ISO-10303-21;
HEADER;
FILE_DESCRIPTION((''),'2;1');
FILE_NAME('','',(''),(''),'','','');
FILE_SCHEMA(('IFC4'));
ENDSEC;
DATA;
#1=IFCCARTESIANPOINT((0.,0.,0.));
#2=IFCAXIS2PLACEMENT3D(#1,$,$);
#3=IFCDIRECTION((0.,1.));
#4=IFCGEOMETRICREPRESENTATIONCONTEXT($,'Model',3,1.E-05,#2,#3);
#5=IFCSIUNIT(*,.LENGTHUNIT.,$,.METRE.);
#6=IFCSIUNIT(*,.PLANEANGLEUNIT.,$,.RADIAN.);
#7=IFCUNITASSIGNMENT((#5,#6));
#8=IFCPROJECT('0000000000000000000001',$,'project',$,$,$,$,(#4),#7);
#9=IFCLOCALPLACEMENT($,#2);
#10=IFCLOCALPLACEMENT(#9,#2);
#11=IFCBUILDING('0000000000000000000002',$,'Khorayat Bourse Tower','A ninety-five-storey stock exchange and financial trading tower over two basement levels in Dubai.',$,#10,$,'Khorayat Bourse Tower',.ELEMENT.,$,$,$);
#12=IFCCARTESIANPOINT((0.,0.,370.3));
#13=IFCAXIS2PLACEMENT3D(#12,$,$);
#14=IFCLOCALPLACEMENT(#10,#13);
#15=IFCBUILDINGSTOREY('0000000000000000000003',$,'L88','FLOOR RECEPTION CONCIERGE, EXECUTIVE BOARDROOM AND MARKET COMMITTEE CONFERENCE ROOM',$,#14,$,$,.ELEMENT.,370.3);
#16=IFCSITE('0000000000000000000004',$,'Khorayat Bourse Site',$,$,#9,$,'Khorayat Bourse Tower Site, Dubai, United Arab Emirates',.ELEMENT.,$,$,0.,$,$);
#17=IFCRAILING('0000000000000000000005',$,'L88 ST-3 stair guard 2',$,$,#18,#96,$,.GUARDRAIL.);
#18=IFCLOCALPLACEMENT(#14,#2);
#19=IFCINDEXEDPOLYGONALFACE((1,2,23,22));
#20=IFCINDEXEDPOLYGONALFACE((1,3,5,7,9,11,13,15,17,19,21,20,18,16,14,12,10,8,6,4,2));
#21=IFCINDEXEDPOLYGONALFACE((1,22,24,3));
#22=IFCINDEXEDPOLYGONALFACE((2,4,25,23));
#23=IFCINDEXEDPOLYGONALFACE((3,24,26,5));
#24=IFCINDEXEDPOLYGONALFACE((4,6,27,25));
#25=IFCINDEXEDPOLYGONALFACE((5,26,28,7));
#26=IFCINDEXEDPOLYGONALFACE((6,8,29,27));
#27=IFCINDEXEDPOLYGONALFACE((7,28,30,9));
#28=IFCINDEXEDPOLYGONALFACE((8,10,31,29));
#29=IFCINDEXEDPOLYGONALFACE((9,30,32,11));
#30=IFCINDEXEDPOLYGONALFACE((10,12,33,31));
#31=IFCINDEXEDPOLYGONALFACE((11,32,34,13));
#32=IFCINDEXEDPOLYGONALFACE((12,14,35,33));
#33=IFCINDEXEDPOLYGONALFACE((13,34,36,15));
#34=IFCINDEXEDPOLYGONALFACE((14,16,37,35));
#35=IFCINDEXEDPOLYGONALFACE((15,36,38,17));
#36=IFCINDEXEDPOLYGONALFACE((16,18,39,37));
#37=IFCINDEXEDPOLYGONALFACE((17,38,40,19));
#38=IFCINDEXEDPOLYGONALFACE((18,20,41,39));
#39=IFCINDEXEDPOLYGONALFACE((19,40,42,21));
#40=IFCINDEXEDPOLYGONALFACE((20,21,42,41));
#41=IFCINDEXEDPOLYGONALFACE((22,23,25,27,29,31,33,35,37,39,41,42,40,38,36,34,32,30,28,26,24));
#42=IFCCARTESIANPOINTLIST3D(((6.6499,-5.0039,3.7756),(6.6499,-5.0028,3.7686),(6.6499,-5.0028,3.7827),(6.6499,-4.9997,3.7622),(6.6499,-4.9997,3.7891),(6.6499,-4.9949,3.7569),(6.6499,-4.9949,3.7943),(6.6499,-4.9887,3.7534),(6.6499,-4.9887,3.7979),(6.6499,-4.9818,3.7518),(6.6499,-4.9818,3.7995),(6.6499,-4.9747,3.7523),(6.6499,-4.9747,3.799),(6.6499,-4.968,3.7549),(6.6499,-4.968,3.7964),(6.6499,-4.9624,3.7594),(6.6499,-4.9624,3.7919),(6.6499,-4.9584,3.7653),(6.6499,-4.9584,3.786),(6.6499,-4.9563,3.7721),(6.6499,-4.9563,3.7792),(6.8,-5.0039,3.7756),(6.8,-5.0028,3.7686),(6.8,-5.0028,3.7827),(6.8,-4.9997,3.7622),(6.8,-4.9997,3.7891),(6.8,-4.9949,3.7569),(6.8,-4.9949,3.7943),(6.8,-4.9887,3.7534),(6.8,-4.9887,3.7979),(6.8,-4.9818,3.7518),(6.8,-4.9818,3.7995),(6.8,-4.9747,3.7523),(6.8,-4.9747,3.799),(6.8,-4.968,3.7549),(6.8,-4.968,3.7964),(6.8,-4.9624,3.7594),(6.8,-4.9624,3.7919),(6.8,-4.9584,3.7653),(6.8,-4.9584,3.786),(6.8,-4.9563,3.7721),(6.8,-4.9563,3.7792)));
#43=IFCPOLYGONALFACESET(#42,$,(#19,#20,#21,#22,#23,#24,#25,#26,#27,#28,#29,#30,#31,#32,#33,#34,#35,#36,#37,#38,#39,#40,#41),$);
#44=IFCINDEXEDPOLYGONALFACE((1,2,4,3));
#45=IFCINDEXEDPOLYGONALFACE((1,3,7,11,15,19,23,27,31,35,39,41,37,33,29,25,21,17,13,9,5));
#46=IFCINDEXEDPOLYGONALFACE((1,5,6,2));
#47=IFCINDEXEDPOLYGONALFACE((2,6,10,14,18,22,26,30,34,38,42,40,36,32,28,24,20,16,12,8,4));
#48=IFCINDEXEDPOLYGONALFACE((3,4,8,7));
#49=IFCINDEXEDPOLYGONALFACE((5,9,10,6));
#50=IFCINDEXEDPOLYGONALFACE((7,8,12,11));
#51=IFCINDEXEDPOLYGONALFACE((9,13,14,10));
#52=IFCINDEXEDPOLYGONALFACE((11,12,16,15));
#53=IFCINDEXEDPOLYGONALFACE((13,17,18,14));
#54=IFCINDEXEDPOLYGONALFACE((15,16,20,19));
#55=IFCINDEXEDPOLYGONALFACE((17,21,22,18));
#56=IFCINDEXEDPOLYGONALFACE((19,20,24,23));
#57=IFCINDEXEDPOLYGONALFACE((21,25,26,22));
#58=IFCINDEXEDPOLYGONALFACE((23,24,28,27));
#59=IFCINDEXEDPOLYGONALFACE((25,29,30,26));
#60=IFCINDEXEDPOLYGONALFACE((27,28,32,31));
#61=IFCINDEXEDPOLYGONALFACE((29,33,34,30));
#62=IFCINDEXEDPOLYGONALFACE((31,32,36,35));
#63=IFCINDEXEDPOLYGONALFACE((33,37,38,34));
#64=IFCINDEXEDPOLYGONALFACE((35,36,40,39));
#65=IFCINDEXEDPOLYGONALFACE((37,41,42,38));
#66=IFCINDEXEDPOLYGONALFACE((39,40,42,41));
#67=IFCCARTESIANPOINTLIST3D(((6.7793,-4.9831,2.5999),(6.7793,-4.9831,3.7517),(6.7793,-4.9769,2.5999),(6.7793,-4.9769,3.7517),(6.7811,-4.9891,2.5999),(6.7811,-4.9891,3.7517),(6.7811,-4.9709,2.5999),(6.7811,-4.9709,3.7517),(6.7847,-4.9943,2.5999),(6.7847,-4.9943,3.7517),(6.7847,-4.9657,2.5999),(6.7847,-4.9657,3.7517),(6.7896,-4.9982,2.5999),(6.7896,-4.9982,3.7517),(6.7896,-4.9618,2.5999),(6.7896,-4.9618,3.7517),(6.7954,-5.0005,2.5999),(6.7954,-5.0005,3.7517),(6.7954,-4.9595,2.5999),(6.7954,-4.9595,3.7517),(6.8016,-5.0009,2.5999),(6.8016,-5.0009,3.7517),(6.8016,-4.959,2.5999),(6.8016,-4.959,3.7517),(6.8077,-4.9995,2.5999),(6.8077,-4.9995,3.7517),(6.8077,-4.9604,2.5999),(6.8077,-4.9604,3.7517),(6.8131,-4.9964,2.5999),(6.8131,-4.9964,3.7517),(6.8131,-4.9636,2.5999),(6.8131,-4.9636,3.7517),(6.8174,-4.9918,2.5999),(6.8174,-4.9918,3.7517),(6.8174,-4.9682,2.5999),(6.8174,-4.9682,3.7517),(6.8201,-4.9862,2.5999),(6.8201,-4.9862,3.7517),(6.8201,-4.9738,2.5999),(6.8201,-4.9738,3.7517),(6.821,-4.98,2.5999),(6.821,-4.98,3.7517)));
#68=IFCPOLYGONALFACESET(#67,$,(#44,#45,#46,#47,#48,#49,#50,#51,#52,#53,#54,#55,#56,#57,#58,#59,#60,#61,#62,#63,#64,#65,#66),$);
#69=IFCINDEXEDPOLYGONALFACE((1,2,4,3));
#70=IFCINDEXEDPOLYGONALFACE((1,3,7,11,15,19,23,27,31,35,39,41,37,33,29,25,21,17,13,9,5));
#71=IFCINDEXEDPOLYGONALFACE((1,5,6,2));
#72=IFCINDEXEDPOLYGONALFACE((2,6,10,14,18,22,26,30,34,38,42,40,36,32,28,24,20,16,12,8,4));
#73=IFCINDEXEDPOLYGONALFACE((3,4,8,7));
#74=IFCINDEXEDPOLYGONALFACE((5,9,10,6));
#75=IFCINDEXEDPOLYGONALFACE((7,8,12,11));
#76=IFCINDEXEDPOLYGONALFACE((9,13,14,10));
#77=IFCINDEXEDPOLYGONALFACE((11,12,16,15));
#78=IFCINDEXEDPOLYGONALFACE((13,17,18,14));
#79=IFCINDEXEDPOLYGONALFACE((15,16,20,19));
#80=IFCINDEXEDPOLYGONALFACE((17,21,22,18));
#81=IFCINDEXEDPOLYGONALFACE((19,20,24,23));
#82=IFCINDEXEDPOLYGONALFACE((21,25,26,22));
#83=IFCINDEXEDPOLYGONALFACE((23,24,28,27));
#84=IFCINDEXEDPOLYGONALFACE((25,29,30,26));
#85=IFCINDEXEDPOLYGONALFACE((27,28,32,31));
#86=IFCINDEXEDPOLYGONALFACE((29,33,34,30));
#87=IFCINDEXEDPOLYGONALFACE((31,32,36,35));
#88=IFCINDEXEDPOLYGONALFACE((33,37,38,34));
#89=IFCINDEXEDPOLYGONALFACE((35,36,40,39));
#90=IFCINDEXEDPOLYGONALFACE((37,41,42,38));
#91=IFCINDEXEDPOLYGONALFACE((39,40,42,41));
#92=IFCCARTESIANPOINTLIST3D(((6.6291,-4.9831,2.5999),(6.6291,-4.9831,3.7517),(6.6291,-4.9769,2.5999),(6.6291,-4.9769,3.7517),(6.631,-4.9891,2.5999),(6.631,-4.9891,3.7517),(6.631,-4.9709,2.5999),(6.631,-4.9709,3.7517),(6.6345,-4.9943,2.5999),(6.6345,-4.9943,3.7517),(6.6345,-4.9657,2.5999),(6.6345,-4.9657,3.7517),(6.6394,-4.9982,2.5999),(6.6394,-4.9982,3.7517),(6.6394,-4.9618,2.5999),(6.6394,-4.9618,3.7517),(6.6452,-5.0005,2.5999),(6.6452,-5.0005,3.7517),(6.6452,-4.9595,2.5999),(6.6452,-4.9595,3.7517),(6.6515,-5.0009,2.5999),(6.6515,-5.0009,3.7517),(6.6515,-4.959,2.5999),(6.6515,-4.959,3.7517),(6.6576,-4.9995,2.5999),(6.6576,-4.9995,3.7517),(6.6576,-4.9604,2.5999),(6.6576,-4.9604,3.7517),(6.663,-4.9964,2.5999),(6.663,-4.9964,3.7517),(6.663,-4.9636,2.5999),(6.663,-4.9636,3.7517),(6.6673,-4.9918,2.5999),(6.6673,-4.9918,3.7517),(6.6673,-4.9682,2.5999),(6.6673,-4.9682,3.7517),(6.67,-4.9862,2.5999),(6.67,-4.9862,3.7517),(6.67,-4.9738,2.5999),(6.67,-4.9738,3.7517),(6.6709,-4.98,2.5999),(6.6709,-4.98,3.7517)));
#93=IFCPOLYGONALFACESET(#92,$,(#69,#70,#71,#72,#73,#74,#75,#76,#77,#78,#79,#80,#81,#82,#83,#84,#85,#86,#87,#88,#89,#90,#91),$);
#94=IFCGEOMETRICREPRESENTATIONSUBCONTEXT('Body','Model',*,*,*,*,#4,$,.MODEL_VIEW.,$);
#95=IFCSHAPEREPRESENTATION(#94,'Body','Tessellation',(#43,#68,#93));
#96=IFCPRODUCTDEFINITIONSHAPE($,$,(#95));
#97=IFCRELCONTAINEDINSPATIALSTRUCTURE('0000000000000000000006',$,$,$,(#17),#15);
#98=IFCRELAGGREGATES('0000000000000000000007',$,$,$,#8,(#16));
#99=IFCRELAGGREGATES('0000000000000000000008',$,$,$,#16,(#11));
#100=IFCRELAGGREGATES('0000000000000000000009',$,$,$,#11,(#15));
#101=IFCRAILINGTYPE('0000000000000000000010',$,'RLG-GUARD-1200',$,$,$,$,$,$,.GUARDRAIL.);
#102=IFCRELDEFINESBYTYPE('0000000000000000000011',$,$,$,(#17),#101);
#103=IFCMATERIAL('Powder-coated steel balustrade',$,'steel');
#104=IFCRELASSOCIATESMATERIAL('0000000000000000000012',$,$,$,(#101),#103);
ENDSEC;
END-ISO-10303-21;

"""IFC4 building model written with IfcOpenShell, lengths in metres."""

from ifc_helpers import new_model, si_unit, direction, frame, origin, origin_2d, place, context, subcontext, project, spatial, circle, extrude, source, transform, mapped, material, type_object, element, save


model = new_model("IFC4")

# Units and contexts
model_context = context("Model", 3, precision=1e-05, world=origin(), true_north=direction((0.0, 1.0)))
body_context = subcontext(model_context, "Body", "Model", "MODEL_VIEW")
ifc_project = project(units=[si_unit("LENGTHUNIT", "METRE"), si_unit("PLANEANGLEUNIT", "RADIAN")], contexts=[model_context])

# Site, building, storey
site_placement = place(None, origin())
site = spatial("IfcSite", under=ifc_project, at=site_placement, Name="Khorayat Bourse Site", LongName="Khorayat Bourse Tower Site, Dubai, United Arab Emirates", CompositionType="ELEMENT", RefElevation=0.0)
building_placement = place(site_placement, origin())
building = spatial("IfcBuilding", under=site, at=building_placement, Name="Khorayat Bourse Tower", Description="A ninety-five-storey stock exchange and financial trading tower over two basement levels in Dubai.", LongName="Khorayat Bourse Tower", CompositionType="ELEMENT")
storey_placement = place(building_placement, frame((0.0, 0.0, 370.3)))
storey = spatial("IfcBuildingStorey", under=building, at=storey_placement, Name="L88", Description="FLOOR RECEPTION CONCIERGE, EXECUTIVE BOARDROOM AND MARKET COMMITTEE CONFERENCE ROOM", CompositionType="ELEMENT", Elevation=370.3)

# Railing
ifc_material_1 = material(Name="Powder-coated steel balustrade", Category="steel")
railing_type_1 = type_object("IfcRailingType", Name="RLG-GUARD-1200", PredefinedType="GUARDRAIL", material=ifc_material_1)
shared_shape_1 = source(origin(), body_context, "Body", "SweptSolid", [
    extrude(circle(Radius=0.0239, at=origin_2d()), frame((0.0, 0.0, 1.1758), z_axis=(-1.0, 0.0, 0.0), x_axis=(0.0, -1.0, 0.0)), (0.0, 0.0, 1.0), 0.1501),
    extrude(circle(Radius=0.021, at=origin_2d()), origin(), (0.0, 0.0, 1.0), 1.1519),
    extrude(circle(Radius=0.021, at=origin_2d()), frame((-0.1501, 0.0, 0.0)), (0.0, 0.0, 1.0), 1.1519),
])
railing_1_placement = place(storey_placement, frame((6.8, -4.98, 2.5999)))
element("IfcRailing", 1, at=railing_1_placement, inside=storey, type_object=railing_type_1, Name="L88 ST-3 stair guard 2", PredefinedType="GUARDRAIL", context=body_context, shape_type="MappedRepresentation", body=[
    mapped(shared_shape_1, transform((0.0, 0.0, 0.0), scale=1.0)),
])

save(model, "model.ifc")
